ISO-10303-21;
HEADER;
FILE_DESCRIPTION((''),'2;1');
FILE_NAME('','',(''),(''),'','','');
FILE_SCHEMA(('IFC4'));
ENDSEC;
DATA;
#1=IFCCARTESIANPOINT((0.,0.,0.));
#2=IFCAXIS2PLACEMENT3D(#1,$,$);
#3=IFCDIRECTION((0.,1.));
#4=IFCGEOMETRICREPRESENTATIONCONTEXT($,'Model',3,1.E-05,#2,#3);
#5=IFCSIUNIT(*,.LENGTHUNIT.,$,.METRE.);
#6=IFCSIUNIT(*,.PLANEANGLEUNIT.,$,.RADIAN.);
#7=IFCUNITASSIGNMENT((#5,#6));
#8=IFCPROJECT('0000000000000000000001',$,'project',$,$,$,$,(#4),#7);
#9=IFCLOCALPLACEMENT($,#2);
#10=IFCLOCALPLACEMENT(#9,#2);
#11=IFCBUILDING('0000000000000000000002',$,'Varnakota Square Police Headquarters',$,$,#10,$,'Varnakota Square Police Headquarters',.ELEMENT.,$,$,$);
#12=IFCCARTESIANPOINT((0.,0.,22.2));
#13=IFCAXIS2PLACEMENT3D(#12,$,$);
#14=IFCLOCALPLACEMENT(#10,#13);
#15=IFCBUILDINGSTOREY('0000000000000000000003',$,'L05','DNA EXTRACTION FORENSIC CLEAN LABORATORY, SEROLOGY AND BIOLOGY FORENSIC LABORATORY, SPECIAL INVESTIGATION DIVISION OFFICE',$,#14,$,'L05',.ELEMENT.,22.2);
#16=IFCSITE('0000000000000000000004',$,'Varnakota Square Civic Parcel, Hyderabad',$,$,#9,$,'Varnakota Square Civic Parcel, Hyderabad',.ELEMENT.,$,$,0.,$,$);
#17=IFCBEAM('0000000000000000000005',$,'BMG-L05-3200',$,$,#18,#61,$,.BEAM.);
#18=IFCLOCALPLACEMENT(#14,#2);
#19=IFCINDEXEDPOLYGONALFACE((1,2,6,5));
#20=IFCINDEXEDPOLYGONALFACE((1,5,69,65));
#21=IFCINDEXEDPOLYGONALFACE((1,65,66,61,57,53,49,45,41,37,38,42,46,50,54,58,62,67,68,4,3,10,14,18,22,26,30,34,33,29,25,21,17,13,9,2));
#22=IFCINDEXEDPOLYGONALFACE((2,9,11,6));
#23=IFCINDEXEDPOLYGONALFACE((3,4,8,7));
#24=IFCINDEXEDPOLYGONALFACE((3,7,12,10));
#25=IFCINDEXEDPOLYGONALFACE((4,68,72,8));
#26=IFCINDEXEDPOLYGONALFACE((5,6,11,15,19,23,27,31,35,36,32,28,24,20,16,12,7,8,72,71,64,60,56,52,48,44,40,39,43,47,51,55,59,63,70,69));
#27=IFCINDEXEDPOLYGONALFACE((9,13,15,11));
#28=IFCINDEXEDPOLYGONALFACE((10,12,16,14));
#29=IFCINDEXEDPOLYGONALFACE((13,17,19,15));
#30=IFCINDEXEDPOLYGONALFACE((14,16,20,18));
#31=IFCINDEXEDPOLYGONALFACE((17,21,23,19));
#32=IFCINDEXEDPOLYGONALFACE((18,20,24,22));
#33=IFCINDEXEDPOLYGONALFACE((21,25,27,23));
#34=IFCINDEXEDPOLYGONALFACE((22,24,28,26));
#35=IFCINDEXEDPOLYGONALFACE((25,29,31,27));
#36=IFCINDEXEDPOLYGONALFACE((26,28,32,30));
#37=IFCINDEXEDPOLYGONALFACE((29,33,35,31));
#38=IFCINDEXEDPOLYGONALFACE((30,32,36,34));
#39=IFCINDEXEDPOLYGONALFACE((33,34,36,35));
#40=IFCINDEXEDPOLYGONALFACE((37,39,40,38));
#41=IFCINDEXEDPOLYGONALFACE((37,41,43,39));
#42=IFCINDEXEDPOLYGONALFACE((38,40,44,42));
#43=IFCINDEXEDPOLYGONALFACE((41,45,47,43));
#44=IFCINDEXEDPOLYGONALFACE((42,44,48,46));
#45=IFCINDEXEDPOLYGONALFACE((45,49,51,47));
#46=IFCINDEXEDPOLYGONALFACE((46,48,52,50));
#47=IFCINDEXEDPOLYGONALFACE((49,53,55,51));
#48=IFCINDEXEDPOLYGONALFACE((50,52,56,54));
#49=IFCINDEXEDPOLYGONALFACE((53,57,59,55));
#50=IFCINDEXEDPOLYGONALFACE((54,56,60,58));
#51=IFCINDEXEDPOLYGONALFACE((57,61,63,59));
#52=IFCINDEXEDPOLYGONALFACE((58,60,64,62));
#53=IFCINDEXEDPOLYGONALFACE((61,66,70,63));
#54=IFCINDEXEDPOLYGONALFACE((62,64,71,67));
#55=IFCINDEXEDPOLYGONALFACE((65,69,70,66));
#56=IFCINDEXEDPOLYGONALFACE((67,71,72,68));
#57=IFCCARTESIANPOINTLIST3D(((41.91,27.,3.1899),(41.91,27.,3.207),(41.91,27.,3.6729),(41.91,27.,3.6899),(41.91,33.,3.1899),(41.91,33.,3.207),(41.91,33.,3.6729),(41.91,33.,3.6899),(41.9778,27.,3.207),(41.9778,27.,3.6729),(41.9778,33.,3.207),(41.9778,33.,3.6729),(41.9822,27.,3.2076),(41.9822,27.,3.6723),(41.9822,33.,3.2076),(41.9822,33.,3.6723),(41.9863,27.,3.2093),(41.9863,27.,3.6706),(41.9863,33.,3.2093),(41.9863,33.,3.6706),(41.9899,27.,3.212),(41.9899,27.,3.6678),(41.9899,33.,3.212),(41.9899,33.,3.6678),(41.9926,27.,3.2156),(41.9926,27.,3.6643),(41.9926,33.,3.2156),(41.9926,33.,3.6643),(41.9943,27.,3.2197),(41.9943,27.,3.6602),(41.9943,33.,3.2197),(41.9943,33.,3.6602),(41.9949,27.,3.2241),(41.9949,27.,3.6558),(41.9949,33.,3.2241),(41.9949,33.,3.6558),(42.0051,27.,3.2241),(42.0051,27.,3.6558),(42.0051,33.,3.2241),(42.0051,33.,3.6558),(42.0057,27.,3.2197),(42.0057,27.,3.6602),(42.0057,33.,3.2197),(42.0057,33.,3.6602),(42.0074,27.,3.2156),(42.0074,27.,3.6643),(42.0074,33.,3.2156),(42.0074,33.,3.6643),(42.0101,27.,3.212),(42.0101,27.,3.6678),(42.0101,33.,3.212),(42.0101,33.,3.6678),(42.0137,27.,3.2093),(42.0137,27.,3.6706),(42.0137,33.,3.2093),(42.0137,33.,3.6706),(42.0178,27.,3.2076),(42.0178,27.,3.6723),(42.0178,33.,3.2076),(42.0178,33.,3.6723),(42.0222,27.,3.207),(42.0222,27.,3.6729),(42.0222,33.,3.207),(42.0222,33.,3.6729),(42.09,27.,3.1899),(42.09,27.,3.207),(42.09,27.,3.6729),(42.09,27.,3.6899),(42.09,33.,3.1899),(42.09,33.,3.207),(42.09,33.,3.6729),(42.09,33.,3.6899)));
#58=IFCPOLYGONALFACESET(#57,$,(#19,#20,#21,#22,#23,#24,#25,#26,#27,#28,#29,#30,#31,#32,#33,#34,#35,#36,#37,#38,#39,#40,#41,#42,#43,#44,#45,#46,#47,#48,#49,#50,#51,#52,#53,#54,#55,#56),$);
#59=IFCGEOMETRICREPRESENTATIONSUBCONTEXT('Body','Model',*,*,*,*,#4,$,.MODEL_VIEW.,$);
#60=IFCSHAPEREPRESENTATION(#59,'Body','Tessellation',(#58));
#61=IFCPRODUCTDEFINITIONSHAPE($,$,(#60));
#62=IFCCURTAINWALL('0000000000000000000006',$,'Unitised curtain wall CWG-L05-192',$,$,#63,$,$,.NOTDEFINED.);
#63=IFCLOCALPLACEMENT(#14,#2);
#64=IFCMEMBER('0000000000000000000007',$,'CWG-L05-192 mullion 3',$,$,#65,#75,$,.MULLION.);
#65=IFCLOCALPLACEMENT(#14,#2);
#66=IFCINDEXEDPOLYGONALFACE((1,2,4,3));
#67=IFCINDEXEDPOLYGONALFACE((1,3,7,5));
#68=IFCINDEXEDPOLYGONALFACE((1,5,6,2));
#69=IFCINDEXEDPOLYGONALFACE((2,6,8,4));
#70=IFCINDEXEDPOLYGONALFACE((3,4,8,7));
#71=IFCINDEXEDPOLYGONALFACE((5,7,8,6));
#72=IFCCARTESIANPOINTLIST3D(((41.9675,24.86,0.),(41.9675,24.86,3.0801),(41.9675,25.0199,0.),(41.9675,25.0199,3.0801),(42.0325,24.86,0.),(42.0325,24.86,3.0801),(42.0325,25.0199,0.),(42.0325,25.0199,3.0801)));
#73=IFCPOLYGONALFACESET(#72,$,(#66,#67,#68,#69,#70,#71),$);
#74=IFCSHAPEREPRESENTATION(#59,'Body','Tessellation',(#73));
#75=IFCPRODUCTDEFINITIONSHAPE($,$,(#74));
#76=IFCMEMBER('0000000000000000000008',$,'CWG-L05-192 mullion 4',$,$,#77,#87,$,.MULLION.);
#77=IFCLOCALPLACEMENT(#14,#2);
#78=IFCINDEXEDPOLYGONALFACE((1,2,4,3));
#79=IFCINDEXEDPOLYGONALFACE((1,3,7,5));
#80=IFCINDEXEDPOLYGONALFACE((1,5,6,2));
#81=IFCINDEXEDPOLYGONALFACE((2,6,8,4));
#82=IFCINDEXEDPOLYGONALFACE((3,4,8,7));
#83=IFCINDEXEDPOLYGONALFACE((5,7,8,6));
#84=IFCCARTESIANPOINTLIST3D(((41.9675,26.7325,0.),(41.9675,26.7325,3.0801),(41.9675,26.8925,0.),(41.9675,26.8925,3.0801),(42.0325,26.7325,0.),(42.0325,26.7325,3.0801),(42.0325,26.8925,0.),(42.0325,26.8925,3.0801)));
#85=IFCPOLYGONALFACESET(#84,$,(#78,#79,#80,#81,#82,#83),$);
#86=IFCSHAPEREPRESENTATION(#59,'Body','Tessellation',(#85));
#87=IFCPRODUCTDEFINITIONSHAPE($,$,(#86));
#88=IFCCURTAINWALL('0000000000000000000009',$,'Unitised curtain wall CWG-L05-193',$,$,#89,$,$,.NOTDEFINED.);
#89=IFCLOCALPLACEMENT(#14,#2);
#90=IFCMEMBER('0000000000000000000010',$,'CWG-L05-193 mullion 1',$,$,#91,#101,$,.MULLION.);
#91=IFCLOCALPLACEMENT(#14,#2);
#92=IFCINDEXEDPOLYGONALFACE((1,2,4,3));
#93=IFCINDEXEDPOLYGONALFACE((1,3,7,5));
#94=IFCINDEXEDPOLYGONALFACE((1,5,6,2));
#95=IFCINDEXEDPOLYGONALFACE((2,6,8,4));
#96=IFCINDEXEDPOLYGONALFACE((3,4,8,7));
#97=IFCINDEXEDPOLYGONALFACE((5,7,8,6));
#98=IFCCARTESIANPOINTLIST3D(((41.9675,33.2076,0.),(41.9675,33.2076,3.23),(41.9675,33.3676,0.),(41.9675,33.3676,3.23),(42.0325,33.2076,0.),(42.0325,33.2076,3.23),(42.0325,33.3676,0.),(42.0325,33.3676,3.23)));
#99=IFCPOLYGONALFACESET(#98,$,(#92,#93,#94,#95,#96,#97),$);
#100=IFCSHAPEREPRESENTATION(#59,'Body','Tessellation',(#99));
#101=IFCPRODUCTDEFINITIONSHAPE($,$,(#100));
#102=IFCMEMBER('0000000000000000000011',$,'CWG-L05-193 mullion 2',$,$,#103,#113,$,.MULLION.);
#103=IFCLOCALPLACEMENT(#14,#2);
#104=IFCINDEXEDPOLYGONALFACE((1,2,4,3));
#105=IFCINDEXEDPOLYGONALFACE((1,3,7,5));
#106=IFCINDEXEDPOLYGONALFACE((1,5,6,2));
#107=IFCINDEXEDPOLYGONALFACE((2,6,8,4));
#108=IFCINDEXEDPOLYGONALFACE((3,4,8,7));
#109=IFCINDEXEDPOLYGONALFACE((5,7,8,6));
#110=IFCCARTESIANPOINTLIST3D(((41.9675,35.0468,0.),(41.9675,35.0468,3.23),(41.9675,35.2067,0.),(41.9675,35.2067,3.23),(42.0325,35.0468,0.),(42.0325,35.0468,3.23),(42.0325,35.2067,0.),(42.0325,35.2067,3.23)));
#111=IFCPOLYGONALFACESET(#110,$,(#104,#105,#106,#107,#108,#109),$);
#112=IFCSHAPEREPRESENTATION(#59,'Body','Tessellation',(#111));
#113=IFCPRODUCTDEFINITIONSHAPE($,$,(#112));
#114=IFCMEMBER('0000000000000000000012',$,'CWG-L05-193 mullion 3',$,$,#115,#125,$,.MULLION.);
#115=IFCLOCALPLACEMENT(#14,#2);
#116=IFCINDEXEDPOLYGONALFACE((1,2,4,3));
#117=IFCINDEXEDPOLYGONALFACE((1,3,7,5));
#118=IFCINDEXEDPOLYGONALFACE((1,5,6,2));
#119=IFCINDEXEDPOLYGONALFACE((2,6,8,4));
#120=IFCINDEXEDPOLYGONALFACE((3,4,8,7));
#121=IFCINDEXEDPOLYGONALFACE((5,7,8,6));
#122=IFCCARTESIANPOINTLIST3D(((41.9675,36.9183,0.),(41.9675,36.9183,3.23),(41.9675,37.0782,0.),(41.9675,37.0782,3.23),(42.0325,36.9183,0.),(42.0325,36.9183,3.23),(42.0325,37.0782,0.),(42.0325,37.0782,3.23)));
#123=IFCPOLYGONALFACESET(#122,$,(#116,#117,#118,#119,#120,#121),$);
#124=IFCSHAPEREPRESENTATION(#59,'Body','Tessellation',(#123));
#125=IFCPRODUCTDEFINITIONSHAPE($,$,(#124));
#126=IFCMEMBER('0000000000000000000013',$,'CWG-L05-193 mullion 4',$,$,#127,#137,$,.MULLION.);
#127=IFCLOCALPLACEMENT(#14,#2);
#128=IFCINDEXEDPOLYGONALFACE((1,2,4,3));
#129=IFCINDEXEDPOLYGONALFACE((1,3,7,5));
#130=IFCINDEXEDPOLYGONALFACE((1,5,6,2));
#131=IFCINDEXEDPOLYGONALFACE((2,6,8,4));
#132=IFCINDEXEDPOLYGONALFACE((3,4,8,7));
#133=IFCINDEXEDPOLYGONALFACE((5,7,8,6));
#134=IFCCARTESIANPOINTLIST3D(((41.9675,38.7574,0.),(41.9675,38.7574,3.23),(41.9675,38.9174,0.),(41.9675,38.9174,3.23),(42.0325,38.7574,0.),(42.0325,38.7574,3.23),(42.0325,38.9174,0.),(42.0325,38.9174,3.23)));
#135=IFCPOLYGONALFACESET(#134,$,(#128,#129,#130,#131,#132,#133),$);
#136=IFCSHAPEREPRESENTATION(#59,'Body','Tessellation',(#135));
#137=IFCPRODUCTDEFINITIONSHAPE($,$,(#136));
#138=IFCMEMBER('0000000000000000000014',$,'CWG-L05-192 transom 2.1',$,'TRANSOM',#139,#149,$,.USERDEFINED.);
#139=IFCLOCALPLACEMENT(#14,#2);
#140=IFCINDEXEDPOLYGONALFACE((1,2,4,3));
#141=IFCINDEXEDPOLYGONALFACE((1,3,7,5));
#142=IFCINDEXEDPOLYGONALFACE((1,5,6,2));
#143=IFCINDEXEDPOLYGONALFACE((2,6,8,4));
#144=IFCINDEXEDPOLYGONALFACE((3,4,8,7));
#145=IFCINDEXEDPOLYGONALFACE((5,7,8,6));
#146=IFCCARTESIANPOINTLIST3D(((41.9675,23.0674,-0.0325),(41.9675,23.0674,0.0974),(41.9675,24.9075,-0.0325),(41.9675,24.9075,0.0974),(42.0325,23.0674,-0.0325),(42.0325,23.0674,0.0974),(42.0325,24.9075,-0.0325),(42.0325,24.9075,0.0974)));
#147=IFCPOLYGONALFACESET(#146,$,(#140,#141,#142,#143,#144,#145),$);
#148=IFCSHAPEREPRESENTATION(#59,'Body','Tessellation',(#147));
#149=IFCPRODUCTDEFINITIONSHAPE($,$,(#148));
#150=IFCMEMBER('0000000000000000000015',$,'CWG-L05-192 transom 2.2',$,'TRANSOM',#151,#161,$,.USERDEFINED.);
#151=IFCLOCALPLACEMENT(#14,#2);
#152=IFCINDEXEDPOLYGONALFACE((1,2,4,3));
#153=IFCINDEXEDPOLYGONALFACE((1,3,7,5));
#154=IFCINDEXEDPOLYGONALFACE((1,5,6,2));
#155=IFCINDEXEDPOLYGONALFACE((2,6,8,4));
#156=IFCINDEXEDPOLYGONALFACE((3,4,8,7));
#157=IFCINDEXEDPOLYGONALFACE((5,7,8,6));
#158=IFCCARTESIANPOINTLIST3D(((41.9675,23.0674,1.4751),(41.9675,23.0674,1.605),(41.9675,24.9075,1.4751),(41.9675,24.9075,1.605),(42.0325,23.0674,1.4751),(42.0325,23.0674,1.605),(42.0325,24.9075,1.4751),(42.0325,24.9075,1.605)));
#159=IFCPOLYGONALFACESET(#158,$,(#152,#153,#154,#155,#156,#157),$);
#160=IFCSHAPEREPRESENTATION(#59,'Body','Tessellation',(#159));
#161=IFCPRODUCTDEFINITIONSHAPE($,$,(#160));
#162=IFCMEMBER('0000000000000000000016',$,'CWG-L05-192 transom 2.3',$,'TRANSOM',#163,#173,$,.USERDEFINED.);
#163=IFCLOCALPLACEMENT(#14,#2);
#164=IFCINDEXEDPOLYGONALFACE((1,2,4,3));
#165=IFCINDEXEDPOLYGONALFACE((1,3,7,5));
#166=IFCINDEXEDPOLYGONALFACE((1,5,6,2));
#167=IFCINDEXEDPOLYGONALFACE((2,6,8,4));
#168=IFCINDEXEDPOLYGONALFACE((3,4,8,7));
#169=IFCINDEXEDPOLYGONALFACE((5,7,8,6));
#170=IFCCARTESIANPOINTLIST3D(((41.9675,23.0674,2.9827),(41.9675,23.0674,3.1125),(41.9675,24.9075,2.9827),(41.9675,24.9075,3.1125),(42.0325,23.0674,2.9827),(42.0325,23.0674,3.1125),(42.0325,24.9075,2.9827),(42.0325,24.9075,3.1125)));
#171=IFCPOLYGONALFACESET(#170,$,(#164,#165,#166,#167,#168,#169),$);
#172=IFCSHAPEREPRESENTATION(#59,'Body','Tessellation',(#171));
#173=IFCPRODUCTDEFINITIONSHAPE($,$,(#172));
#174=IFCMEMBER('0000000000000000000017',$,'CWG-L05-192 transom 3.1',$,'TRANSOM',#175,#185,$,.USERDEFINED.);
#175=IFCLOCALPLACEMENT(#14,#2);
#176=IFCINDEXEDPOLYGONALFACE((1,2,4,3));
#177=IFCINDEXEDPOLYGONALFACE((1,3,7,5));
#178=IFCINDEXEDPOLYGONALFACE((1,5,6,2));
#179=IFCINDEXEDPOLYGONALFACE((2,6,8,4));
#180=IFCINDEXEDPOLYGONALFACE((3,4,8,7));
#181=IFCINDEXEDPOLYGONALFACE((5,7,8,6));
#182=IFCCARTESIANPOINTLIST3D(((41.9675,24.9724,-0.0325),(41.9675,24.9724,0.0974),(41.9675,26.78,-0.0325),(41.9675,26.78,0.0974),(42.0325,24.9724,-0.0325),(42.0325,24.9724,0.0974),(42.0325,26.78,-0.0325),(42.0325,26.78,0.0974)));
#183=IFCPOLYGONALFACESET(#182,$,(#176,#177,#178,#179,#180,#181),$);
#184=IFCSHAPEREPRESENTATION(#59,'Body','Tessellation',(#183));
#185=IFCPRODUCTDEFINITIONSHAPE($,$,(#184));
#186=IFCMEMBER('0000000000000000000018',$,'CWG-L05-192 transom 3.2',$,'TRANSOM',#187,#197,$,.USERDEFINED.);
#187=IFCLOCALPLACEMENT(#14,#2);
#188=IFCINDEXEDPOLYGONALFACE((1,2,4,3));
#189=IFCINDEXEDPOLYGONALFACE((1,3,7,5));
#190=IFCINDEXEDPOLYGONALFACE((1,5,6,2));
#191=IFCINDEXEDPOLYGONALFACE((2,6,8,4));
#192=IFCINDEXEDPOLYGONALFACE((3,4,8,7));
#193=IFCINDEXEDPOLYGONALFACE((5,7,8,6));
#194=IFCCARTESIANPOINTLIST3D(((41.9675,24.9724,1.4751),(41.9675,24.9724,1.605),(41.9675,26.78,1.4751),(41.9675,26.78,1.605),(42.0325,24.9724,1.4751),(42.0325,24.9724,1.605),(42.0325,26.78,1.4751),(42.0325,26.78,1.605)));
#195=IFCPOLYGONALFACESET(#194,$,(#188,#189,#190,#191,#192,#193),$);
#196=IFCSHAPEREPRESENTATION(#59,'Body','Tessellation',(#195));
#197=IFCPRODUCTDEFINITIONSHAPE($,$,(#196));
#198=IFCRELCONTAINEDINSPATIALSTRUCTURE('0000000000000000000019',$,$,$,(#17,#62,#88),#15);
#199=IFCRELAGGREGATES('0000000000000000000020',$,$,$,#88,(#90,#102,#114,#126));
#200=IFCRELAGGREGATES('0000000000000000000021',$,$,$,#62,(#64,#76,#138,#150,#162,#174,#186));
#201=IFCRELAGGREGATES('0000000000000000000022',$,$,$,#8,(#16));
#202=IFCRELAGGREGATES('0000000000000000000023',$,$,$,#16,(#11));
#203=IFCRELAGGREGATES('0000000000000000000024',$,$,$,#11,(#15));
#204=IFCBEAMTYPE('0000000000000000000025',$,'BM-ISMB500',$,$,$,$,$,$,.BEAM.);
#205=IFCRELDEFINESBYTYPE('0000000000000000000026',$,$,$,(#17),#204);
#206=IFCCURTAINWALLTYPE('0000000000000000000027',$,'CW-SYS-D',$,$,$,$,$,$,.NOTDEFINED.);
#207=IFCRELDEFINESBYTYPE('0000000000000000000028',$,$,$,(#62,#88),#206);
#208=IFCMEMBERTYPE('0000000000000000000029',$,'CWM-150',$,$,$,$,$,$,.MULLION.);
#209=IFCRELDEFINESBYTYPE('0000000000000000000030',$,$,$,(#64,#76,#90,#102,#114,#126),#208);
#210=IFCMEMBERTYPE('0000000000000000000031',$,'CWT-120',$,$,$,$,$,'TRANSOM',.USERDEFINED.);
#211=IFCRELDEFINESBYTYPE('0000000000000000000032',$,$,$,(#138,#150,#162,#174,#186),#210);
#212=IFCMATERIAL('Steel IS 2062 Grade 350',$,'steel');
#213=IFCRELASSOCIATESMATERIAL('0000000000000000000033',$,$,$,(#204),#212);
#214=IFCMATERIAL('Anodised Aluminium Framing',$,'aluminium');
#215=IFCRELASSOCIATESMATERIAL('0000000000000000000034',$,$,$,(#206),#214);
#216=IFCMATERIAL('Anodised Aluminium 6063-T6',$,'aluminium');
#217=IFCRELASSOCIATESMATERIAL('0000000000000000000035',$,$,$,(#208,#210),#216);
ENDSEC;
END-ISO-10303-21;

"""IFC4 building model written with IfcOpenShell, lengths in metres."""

from ifc_helpers import new_model, si_unit, direction, frame, origin, origin_2d, place, context, subcontext, project, spatial, rectangle, i_section, extrude, material, material_profile, profile_set, type_object, element, aggregate, save


model = new_model("IFC4")

# Units and contexts
model_context = context("Model", 3, precision=1e-05, world=origin(), true_north=direction((0.0, 1.0)))
body_context = subcontext(model_context, "Body", "Model", "MODEL_VIEW")
ifc_project = project(units=[si_unit("LENGTHUNIT", "METRE"), si_unit("PLANEANGLEUNIT", "RADIAN")], contexts=[model_context])

# Site, building, storey
site_placement = place(None, origin())
site = spatial("IfcSite", under=ifc_project, at=site_placement, Name="Varnakota Square Civic Parcel, Hyderabad", LongName="Varnakota Square Civic Parcel, Hyderabad", CompositionType="ELEMENT", RefElevation=0.0)
building_placement = place(site_placement, origin())
building = spatial("IfcBuilding", under=site, at=building_placement, Name="Varnakota Square Police Headquarters", LongName="Varnakota Square Police Headquarters", CompositionType="ELEMENT")
storey_placement = place(building_placement, frame((0.0, 0.0, 22.2)))
storey = spatial("IfcBuildingStorey", under=building, at=storey_placement, Name="L05", Description="DNA EXTRACTION FORENSIC CLEAN LABORATORY, SEROLOGY AND BIOLOGY FORENSIC LABORATORY, SPECIAL INVESTIGATION DIVISION OFFICE", LongName="L05", CompositionType="ELEMENT", Elevation=22.2)

# Shared definitions
ifc_material_1 = material(Name="Steel IS 2062 Grade 350", Category="steel")

# Beam
ifc_material_profile_1 = material_profile(ifc_material_1, i_section(OverallWidth=0.1799, OverallDepth=0.5, WebThickness=0.0103, FlangeThickness=0.0171, FilletRadius=0.0171, at=origin_2d()), Name="ISMB 500")
ifc_profile_set_1 = profile_set([ifc_material_profile_1], Name="Steel IS 2062 Grade 350")
beam_type_1 = type_object("IfcBeamType", Name="BM-ISMB500", PredefinedType="BEAM", material=ifc_profile_set_1)
beam_1_placement = place(storey_placement, frame((42.0, 27.0, 3.4399), z_axis=(0.0, 1.0, 0.0), x_axis=(-1.0, 0.0, 0.0)))
element("IfcBeam", 1, at=beam_1_placement, inside=storey, type_object=beam_type_1, Name="BMG-L05-3200", PredefinedType="BEAM", context=body_context, shape_type="SweptSolid", body=[
    extrude(i_section(OverallWidth=0.1799, OverallDepth=0.5, WebThickness=0.0103, FlangeThickness=0.0171, FilletRadius=0.0171, at=origin_2d()), origin(), (0.0, 0.0, 1.0), 6.0),
])

# Curtain walls, members
ifc_material_2 = material(Name="Anodised Aluminium Framing", Category="aluminium")
curtain_wall_type = type_object("IfcCurtainWallType", Name="CW-SYS-D", PredefinedType="NOTDEFINED", material=ifc_material_2)
curtain_wall_1_placement = place(storey_placement, origin())
curtain_wall_1 = element("IfcCurtainWall", 2, at=curtain_wall_1_placement, inside=storey, type_object=curtain_wall_type, Name="Unitised curtain wall CWG-L05-192", PredefinedType="NOTDEFINED")
ifc_material_3 = material(Name="Anodised Aluminium 6063-T6", Category="aluminium")
ifc_material_profile_2 = material_profile(ifc_material_3, rectangle(XDim=0.0649, YDim=0.1599, at=origin_2d()), Name="ALU MULLION 65x160")
ifc_profile_set_2 = profile_set([ifc_material_profile_2], Name="Anodised Aluminium 6063-T6")
member_type_1 = type_object("IfcMemberType", Name="CWM-150", PredefinedType="MULLION", material=ifc_profile_set_2)
member_1_placement = place(storey_placement, frame((42.0, 24.9399, 0.0), z_axis=(0.0, 0.0, 1.0), x_axis=(-1.0, 0.0, 0.0)))
member_1 = element("IfcMember", 3, at=member_1_placement, type_object=member_type_1, Name="CWG-L05-192 mullion 3", PredefinedType="MULLION", context=body_context, shape_type="SweptSolid", body=[
    extrude(rectangle(XDim=0.0649, YDim=0.1599, at=origin_2d()), origin(), (0.0, 0.0, 1.0), 3.0801),
])
member_2_placement = place(storey_placement, frame((42.0, 26.8125, 0.0), z_axis=(0.0, 0.0, 1.0), x_axis=(-1.0, 0.0, 0.0)))
member_2 = element("IfcMember", 4, at=member_2_placement, type_object=member_type_1, Name="CWG-L05-192 mullion 4", PredefinedType="MULLION", context=body_context, shape_type="SweptSolid", body=[
    extrude(rectangle(XDim=0.0649, YDim=0.1599, at=origin_2d()), origin(), (0.0, 0.0, 1.0), 3.0801),
])
curtain_wall_2_placement = place(storey_placement, origin())
curtain_wall_2 = element("IfcCurtainWall", 5, at=curtain_wall_2_placement, inside=storey, type_object=curtain_wall_type, Name="Unitised curtain wall CWG-L05-193", PredefinedType="NOTDEFINED")
member_3_placement = place(storey_placement, frame((42.0, 33.2876, 0.0), z_axis=(0.0, 0.0, 1.0), x_axis=(-1.0, 0.0, 0.0)))
member_3 = element("IfcMember", 6, at=member_3_placement, type_object=member_type_1, Name="CWG-L05-193 mullion 1", PredefinedType="MULLION", context=body_context, shape_type="SweptSolid", body=[
    extrude(rectangle(XDim=0.0649, YDim=0.1599, at=origin_2d()), origin(), (0.0, 0.0, 1.0), 3.23),
])
member_4_placement = place(storey_placement, frame((42.0, 35.1267, 0.0), z_axis=(0.0, 0.0, 1.0), x_axis=(-1.0, 0.0, 0.0)))
member_4 = element("IfcMember", 7, at=member_4_placement, type_object=member_type_1, Name="CWG-L05-193 mullion 2", PredefinedType="MULLION", context=body_context, shape_type="SweptSolid", body=[
    extrude(rectangle(XDim=0.0649, YDim=0.1599, at=origin_2d()), origin(), (0.0, 0.0, 1.0), 3.23),
])
member_5_placement = place(storey_placement, frame((42.0, 36.9983, 0.0), z_axis=(0.0, 0.0, 1.0), x_axis=(-1.0, 0.0, 0.0)))
member_5 = element("IfcMember", 8, at=member_5_placement, type_object=member_type_1, Name="CWG-L05-193 mullion 3", PredefinedType="MULLION", context=body_context, shape_type="SweptSolid", body=[
    extrude(rectangle(XDim=0.0649, YDim=0.1599, at=origin_2d()), origin(), (0.0, 0.0, 1.0), 3.23),
])
member_6_placement = place(storey_placement, frame((42.0, 38.8374, 0.0), z_axis=(0.0, 0.0, 1.0), x_axis=(-1.0, 0.0, 0.0)))
member_6 = element("IfcMember", 9, at=member_6_placement, type_object=member_type_1, Name="CWG-L05-193 mullion 4", PredefinedType="MULLION", context=body_context, shape_type="SweptSolid", body=[
    extrude(rectangle(XDim=0.0649, YDim=0.1599, at=origin_2d()), origin(), (0.0, 0.0, 1.0), 3.23),
])

# Members
ifc_material_profile_3 = material_profile(ifc_material_3, rectangle(XDim=0.0649, YDim=0.1299, at=origin_2d()), Name="ALU TRANSOM 65x130")
ifc_profile_set_3 = profile_set([ifc_material_profile_3], Name="Anodised Aluminium 6063-T6")
member_type_2 = type_object("IfcMemberType", Name="CWT-120", ElementType="TRANSOM", PredefinedType="USERDEFINED", material=ifc_profile_set_3)
member_7_placement = place(storey_placement, frame((42.0, 23.0674, 0.0325), z_axis=(0.0, 1.0, 0.0), x_axis=(-1.0, 0.0, 0.0)))
member_7 = element("IfcMember", 10, at=member_7_placement, type_object=member_type_2, Name="CWG-L05-192 transom 2.1", ObjectType="TRANSOM", PredefinedType="USERDEFINED", context=body_context, shape_type="SweptSolid", body=[
    extrude(rectangle(XDim=0.0649, YDim=0.1299, at=origin_2d()), origin(), (0.0, 0.0, 1.0), 1.8401),
])
member_8_placement = place(storey_placement, frame((42.0, 23.0674, 1.54), z_axis=(0.0, 1.0, 0.0), x_axis=(-1.0, 0.0, 0.0)))
member_8 = element("IfcMember", 11, at=member_8_placement, type_object=member_type_2, Name="CWG-L05-192 transom 2.2", ObjectType="TRANSOM", PredefinedType="USERDEFINED", context=body_context, shape_type="SweptSolid", body=[
    extrude(rectangle(XDim=0.0649, YDim=0.1299, at=origin_2d()), origin(), (0.0, 0.0, 1.0), 1.8401),
])
member_9_placement = place(storey_placement, frame((42.0, 23.0674, 3.0476), z_axis=(0.0, 1.0, 0.0), x_axis=(-1.0, 0.0, 0.0)))
member_9 = element("IfcMember", 12, at=member_9_placement, type_object=member_type_2, Name="CWG-L05-192 transom 2.3", ObjectType="TRANSOM", PredefinedType="USERDEFINED", context=body_context, shape_type="SweptSolid", body=[
    extrude(rectangle(XDim=0.0649, YDim=0.1299, at=origin_2d()), origin(), (0.0, 0.0, 1.0), 1.8401),
])
member_10_placement = place(storey_placement, frame((42.0, 24.9724, 0.0325), z_axis=(0.0, 1.0, 0.0), x_axis=(-1.0, 0.0, 0.0)))
member_10 = element("IfcMember", 13, at=member_10_placement, type_object=member_type_2, Name="CWG-L05-192 transom 3.1", ObjectType="TRANSOM", PredefinedType="USERDEFINED", context=body_context, shape_type="SweptSolid", body=[
    extrude(rectangle(XDim=0.0649, YDim=0.1299, at=origin_2d()), origin(), (0.0, 0.0, 1.0), 1.8076),
])
member_11_placement = place(storey_placement, frame((42.0, 24.9724, 1.54), z_axis=(0.0, 1.0, 0.0), x_axis=(-1.0, 0.0, 0.0)))
member_11 = element("IfcMember", 14, at=member_11_placement, type_object=member_type_2, Name="CWG-L05-192 transom 3.2", ObjectType="TRANSOM", PredefinedType="USERDEFINED", context=body_context, shape_type="SweptSolid", body=[
    extrude(rectangle(XDim=0.0649, YDim=0.1299, at=origin_2d()), origin(), (0.0, 0.0, 1.0), 1.8076),
])

aggregate(curtain_wall_2, [member_3, member_4, member_5, member_6])
aggregate(curtain_wall_1, [member_1, member_2, member_7, member_8, member_9, member_10, member_11])

save(model, "model.ifc")
